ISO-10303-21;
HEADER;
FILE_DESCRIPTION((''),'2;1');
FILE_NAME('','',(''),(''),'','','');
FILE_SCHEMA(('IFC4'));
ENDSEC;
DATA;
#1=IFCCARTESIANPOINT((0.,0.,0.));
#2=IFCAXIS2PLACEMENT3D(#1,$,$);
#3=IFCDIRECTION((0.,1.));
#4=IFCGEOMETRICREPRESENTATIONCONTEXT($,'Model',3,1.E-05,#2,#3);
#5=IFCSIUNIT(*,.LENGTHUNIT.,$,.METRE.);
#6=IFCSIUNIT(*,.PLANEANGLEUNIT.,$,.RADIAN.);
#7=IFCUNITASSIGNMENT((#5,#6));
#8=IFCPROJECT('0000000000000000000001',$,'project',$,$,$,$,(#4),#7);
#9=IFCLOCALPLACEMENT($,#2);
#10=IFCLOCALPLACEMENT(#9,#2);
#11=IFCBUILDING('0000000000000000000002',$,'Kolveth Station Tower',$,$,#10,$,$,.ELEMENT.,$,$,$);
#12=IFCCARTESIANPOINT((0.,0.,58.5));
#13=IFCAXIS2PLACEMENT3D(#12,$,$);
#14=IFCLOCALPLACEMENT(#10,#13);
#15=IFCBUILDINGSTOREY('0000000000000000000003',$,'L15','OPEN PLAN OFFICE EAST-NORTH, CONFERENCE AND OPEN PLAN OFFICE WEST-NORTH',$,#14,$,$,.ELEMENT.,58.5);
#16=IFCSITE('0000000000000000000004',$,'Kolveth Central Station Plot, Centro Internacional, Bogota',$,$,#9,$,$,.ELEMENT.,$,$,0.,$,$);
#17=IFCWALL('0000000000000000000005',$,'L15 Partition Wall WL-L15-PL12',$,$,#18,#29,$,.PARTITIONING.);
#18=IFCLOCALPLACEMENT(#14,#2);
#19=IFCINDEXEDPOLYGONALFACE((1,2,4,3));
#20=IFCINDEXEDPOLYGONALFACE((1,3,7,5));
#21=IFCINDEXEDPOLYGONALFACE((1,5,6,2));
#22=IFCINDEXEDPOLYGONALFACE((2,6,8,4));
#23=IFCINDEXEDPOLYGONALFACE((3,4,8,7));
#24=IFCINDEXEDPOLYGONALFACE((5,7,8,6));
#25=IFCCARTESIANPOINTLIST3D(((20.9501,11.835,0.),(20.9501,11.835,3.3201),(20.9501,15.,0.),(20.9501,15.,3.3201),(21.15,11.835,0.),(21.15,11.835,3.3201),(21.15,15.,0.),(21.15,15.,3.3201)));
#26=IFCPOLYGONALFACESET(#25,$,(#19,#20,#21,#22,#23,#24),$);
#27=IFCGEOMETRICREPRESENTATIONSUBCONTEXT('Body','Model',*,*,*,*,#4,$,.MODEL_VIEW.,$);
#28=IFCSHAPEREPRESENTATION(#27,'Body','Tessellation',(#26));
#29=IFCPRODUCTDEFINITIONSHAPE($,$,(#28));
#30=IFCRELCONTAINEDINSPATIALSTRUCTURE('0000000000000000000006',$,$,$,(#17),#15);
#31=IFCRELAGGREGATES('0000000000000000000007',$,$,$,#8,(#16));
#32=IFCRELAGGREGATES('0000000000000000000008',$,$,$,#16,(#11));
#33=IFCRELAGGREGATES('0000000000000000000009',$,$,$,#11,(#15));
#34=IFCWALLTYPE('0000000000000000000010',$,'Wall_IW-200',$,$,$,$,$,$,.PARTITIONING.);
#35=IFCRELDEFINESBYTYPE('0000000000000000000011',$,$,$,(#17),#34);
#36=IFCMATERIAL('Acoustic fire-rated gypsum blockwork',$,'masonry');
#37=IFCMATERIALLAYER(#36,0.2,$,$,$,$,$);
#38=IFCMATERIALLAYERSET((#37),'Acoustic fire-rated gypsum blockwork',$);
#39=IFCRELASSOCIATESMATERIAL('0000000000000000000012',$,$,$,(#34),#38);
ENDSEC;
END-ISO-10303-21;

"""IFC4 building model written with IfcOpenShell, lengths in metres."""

from ifc_helpers import new_model, si_unit, direction, frame, frame_2d, origin, place, context, subcontext, project, spatial, rectangle, extrude, material, layer, layer_set, type_object, element, save


model = new_model("IFC4")

# Units and contexts
model_context = context("Model", 3, precision=1e-05, world=origin(), true_north=direction((0.0, 1.0)))
body_context = subcontext(model_context, "Body", "Model", "MODEL_VIEW")
ifc_project = project(units=[si_unit("LENGTHUNIT", "METRE"), si_unit("PLANEANGLEUNIT", "RADIAN")], contexts=[model_context])

# Site, building, storey
site_placement = place(None, origin())
site = spatial("IfcSite", under=ifc_project, at=site_placement, Name="Kolveth Central Station Plot, Centro Internacional, Bogota", CompositionType="ELEMENT", RefElevation=0.0)
building_placement = place(site_placement, origin())
building = spatial("IfcBuilding", under=site, at=building_placement, Name="Kolveth Station Tower", CompositionType="ELEMENT")
storey_placement = place(building_placement, frame((0.0, 0.0, 58.5)))
storey = spatial("IfcBuildingStorey", under=building, at=storey_placement, Name="L15", Description="OPEN PLAN OFFICE EAST-NORTH, CONFERENCE AND OPEN PLAN OFFICE WEST-NORTH", CompositionType="ELEMENT", Elevation=58.5)

# Shared definitions
ifc_material_1 = material(Name="Acoustic fire-rated gypsum blockwork", Category="masonry")
ifc_layer_1 = layer(ifc_material_1, 0.2)
ifc_layer_set_1 = layer_set([ifc_layer_1], Name="Acoustic fire-rated gypsum blockwork")
wall_type_1 = type_object("IfcWallType", Name="Wall_IW-200", PredefinedType="PARTITIONING", material=ifc_layer_set_1)

# Wall
wall_1_placement = place(storey_placement, frame((21.05, 11.835, 0.0), z_axis=(0.0, 0.0, 1.0), x_axis=(0.0, 1.0, 0.0)))
element("IfcWall", 1, at=wall_1_placement, inside=storey, type_object=wall_type_1, Name="L15 Partition Wall WL-L15-PL12", PredefinedType="PARTITIONING", context=body_context, shape_type="SweptSolid", body=[
    extrude(rectangle(XDim=3.165, YDim=0.2, at=frame_2d((1.5825, 0.0))), origin(), (0.0, 0.0, 1.0), 3.3201),
])

save(model, "model.ifc")
